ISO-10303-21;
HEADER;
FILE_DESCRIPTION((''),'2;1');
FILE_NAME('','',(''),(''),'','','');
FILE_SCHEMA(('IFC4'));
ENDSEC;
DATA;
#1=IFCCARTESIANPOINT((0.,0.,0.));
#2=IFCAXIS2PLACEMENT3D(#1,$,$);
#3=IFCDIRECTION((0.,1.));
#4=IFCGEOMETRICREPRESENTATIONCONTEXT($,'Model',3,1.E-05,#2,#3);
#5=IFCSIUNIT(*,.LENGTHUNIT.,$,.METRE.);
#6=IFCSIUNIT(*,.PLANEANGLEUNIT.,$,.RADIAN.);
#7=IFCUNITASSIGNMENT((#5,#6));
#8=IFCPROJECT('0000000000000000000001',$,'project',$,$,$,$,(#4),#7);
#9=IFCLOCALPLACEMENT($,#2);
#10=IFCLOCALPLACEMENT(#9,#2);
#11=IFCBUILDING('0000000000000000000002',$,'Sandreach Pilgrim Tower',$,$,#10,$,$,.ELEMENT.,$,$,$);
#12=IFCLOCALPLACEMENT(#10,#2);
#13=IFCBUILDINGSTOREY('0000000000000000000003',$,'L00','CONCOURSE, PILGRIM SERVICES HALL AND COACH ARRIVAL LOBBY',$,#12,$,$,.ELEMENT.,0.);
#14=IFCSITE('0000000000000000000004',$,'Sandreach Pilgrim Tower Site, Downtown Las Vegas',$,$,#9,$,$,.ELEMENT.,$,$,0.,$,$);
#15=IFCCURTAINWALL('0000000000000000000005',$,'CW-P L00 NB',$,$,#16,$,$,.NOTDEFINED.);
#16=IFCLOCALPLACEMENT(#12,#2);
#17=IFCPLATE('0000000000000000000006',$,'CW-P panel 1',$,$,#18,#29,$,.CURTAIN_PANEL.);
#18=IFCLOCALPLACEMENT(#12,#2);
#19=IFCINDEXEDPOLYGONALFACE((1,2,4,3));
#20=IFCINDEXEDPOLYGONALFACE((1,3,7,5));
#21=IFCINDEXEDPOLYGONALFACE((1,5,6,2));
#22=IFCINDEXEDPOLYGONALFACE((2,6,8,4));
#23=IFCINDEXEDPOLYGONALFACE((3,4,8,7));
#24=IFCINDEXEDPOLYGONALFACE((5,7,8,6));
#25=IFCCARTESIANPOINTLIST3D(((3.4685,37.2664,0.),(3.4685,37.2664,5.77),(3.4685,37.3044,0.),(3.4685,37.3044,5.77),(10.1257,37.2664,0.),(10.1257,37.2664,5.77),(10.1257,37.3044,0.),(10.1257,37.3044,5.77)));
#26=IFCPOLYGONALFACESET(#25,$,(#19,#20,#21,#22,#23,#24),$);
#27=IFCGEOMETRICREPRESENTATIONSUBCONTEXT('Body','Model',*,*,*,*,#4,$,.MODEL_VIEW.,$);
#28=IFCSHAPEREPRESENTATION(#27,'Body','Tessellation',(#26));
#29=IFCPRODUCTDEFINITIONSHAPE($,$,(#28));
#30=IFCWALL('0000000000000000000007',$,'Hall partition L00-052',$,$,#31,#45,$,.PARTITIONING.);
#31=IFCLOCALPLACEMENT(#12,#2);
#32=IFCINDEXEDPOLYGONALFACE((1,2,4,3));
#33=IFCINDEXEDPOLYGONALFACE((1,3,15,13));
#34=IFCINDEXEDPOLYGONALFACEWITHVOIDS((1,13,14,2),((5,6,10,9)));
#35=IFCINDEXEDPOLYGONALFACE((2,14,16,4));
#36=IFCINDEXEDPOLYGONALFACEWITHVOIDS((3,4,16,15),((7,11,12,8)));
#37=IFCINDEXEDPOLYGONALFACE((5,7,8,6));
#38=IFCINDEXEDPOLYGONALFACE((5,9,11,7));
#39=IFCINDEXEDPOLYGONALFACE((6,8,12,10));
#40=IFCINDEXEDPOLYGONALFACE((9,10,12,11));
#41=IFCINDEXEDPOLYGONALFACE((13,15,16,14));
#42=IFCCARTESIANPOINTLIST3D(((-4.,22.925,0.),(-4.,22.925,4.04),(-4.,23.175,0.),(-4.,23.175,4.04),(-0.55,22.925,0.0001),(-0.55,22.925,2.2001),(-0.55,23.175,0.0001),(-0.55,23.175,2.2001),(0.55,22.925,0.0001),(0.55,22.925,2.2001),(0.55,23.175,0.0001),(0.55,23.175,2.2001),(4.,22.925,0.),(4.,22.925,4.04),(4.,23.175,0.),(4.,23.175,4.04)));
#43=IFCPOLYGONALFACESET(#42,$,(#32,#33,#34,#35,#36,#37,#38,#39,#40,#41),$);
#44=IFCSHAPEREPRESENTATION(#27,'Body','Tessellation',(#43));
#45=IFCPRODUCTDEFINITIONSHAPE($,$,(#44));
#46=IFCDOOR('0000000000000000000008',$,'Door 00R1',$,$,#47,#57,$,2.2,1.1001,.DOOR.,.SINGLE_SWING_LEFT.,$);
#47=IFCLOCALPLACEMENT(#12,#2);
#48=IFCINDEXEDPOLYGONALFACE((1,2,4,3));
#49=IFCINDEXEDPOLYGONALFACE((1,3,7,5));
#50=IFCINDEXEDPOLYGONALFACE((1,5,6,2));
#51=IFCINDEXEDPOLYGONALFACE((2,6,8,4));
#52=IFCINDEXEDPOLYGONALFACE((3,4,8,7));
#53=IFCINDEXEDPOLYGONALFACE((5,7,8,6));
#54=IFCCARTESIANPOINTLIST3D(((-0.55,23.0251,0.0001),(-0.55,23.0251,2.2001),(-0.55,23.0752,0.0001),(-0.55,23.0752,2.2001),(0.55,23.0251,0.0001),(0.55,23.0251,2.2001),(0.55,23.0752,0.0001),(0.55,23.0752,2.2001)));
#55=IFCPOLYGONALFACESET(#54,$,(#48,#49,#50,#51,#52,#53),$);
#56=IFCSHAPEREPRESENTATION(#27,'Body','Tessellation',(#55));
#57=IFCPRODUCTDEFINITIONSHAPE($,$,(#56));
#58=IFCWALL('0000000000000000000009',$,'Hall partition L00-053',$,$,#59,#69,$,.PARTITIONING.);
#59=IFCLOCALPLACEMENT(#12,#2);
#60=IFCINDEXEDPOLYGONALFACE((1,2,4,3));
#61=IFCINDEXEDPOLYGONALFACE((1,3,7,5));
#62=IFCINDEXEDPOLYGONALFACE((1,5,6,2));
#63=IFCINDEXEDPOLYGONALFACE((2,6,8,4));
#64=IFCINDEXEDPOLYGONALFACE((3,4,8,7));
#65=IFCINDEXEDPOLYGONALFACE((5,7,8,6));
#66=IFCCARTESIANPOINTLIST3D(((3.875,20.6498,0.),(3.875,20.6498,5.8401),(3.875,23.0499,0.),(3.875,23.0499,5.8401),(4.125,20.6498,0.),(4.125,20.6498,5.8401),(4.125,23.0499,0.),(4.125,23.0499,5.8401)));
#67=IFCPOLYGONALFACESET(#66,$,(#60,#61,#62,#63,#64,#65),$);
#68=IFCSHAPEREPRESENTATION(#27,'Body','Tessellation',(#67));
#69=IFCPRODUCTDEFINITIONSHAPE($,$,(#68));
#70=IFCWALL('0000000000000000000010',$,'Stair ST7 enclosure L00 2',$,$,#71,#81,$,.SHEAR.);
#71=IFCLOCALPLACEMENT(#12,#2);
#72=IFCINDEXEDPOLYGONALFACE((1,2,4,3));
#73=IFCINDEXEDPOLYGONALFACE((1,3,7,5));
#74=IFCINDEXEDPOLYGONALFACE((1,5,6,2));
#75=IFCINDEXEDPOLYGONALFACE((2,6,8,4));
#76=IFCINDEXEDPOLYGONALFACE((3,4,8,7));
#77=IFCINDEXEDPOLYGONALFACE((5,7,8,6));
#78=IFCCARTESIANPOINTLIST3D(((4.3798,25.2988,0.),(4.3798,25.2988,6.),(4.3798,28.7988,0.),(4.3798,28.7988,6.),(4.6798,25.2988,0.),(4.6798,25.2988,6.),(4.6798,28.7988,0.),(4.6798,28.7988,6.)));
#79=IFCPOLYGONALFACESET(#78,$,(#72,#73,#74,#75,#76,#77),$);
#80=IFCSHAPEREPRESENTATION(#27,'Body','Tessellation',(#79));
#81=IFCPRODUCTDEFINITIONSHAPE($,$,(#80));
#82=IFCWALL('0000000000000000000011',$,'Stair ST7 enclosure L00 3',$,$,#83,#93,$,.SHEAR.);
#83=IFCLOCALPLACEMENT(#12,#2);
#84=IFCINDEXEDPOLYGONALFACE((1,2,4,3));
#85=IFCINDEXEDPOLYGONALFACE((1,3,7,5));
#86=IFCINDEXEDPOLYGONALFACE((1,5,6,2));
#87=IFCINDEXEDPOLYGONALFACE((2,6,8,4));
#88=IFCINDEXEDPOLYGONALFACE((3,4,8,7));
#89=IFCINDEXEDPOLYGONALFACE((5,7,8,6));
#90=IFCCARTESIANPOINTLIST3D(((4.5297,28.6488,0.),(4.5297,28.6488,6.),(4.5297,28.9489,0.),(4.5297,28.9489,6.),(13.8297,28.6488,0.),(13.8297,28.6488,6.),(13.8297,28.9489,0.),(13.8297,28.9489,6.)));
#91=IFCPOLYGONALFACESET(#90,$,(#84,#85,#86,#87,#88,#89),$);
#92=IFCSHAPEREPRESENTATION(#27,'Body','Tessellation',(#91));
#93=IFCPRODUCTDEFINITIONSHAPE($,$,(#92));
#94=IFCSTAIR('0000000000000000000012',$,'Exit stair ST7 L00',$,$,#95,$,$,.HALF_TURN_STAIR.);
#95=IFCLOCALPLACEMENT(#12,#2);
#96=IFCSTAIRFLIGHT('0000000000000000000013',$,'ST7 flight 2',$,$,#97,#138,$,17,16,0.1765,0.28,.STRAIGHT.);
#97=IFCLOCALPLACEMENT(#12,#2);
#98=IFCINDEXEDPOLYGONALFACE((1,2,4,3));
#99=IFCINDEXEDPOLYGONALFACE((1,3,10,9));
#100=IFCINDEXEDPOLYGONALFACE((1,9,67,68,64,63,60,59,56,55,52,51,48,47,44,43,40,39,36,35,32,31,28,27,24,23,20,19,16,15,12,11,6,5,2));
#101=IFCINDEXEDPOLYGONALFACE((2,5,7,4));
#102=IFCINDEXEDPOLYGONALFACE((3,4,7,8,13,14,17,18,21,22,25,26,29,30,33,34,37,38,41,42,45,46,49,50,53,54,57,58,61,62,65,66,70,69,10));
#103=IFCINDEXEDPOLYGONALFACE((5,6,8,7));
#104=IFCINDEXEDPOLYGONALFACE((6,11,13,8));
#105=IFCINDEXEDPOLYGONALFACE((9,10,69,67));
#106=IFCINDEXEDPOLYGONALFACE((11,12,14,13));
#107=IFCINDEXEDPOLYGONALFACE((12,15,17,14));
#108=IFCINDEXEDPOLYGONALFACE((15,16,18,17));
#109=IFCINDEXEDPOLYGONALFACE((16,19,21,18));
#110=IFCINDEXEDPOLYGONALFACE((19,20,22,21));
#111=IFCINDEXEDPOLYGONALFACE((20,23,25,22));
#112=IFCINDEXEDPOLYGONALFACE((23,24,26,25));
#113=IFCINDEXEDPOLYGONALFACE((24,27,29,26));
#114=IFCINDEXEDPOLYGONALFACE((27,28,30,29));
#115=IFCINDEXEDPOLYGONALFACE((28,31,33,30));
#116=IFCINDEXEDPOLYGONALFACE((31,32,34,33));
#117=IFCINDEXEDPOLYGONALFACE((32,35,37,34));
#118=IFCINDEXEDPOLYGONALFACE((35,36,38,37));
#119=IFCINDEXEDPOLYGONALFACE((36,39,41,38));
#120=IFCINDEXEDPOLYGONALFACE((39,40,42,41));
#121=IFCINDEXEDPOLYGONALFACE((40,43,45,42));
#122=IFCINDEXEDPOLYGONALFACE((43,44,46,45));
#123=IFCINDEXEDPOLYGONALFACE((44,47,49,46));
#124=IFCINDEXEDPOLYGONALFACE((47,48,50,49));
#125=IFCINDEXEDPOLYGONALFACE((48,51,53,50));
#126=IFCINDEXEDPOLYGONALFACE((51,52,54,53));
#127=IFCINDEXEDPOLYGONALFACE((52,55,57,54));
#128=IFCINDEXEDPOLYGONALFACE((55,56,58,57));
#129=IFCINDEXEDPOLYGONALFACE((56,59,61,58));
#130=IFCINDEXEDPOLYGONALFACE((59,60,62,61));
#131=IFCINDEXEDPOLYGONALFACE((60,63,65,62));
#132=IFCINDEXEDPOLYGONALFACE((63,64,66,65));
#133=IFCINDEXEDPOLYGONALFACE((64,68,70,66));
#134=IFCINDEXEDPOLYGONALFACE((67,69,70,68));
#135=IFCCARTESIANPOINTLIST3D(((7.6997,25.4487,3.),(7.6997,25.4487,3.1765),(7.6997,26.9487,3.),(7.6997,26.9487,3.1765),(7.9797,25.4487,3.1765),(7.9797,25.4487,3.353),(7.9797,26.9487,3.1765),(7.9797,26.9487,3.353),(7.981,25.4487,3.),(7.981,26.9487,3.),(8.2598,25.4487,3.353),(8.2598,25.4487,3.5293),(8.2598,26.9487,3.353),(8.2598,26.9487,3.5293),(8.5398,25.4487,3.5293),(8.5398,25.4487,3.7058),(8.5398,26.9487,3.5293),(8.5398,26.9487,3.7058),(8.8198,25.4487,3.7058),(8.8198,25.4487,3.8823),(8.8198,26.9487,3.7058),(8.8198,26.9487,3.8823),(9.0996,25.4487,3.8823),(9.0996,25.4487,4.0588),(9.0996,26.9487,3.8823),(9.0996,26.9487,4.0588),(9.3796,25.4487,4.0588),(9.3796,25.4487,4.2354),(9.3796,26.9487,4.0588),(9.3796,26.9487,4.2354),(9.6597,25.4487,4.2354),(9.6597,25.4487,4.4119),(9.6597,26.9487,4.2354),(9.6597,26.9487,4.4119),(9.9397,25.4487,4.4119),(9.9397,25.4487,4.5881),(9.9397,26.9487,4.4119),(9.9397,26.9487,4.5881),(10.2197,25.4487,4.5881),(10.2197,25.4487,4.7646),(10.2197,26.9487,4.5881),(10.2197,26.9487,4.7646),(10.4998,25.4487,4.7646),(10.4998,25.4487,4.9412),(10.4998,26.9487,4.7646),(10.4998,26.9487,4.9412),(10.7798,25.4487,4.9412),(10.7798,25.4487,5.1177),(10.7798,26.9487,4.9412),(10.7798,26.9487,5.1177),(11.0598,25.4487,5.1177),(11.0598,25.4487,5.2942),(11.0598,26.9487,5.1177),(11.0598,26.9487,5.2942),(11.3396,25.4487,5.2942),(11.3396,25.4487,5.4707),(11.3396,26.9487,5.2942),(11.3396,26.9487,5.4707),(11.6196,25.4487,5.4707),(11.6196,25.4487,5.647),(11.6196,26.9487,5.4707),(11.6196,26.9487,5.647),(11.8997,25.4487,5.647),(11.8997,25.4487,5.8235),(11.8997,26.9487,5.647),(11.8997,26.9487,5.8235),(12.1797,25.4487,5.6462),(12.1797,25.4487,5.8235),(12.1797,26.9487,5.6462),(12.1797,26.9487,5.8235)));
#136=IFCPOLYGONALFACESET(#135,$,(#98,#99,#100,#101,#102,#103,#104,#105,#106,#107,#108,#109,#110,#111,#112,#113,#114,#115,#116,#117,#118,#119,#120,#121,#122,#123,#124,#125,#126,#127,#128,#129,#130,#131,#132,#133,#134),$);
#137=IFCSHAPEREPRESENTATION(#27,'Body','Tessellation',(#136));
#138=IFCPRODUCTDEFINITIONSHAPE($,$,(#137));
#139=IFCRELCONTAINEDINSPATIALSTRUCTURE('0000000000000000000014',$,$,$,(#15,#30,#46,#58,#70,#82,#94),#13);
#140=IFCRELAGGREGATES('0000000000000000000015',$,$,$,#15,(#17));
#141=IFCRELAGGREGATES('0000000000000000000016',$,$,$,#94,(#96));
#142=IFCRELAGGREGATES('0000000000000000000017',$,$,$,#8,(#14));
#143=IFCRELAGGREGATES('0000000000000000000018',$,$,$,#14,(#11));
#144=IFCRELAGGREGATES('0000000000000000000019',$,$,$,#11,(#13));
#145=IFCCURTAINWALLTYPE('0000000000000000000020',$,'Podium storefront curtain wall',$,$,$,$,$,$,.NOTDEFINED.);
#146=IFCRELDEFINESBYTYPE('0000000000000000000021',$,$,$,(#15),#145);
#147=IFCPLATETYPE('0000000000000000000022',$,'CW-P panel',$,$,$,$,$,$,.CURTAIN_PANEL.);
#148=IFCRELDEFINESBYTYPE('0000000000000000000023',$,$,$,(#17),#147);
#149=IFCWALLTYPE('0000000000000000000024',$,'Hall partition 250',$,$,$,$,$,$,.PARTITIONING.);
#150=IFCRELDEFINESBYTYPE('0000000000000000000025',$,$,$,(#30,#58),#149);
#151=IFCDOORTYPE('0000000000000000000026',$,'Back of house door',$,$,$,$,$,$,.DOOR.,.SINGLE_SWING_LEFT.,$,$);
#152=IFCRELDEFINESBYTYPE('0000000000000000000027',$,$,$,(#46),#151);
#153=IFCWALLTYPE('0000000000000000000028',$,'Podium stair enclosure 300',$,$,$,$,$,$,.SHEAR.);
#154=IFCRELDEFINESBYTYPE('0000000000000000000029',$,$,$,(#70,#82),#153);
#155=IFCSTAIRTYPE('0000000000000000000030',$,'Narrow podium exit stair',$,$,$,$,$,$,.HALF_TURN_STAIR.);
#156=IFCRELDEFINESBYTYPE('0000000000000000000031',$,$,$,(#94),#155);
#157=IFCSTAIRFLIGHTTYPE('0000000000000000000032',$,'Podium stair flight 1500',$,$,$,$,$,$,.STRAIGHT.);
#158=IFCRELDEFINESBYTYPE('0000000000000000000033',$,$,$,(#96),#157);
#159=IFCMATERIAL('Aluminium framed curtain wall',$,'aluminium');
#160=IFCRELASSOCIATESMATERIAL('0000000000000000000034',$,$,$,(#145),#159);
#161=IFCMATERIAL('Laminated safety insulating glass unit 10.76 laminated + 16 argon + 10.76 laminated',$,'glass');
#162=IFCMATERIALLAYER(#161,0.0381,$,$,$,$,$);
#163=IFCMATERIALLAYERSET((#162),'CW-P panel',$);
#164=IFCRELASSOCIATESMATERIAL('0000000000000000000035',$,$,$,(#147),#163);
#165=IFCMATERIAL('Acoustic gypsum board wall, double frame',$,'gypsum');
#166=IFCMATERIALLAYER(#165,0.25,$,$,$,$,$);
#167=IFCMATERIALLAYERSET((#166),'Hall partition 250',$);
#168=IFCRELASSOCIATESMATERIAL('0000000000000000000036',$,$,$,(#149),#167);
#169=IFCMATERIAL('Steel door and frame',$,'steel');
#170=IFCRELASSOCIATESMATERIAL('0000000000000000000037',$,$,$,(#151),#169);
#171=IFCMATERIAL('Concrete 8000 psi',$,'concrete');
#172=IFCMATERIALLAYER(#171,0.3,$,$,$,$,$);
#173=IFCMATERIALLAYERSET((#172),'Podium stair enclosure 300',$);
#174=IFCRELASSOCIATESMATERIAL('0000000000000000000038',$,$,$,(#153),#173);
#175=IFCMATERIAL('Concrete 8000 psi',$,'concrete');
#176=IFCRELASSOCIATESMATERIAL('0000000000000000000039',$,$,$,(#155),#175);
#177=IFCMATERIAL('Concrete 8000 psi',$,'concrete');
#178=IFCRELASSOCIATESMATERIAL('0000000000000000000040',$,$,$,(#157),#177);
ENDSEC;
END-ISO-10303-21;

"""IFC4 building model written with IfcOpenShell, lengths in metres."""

from ifc_helpers import new_model, si_unit, direction, frame, frame_2d, origin, origin_2d, place, context, subcontext, project, spatial, polyline, rectangle, outline, extrude, material, layer, layer_set, type_object, element, fill, aggregate, save


model = new_model("IFC4")

# Units and contexts
model_context = context("Model", 3, precision=1e-05, world=origin(), true_north=direction((0.0, 1.0)))
body_context = subcontext(model_context, "Body", "Model", "MODEL_VIEW")
ifc_project = project(units=[si_unit("LENGTHUNIT", "METRE"), si_unit("PLANEANGLEUNIT", "RADIAN")], contexts=[model_context])

# Site, building, storey
site_placement = place(None, origin())
site = spatial("IfcSite", under=ifc_project, at=site_placement, Name="Sandreach Pilgrim Tower Site, Downtown Las Vegas", CompositionType="ELEMENT", RefElevation=0.0)
building_placement = place(site_placement, origin())
building = spatial("IfcBuilding", under=site, at=building_placement, Name="Sandreach Pilgrim Tower", CompositionType="ELEMENT")
storey_placement = place(building_placement, origin())
storey = spatial("IfcBuildingStorey", under=building, at=storey_placement, Name="L00", Description="CONCOURSE, PILGRIM SERVICES HALL AND COACH ARRIVAL LOBBY", CompositionType="ELEMENT", Elevation=0.0)

# Curtain wall
ifc_material_1 = material(Name="Aluminium framed curtain wall", Category="aluminium")
curtain_wall_type = type_object("IfcCurtainWallType", Name="Podium storefront curtain wall", PredefinedType="NOTDEFINED", material=ifc_material_1)
curtain_wall_placement = place(storey_placement, origin())
curtain_wall = element("IfcCurtainWall", 1, at=curtain_wall_placement, inside=storey, type_object=curtain_wall_type, Name="CW-P L00 NB", PredefinedType="NOTDEFINED")

# Plate
ifc_material_2 = material(Name="Laminated safety insulating glass unit 10.76 laminated + 16 argon + 10.76 laminated", Category="glass")
ifc_layer_1 = layer(ifc_material_2, 0.0381)
ifc_layer_set_1 = layer_set([ifc_layer_1], Name="CW-P panel")
plate_type = type_object("IfcPlateType", Name="CW-P panel", PredefinedType="CURTAIN_PANEL", material=ifc_layer_set_1)
plate_placement = place(storey_placement, frame((6.7971, 37.2854, 0.0), z_axis=(0.0, 0.0, 1.0), x_axis=(1.0, 0.0, 0.0)))
plate = element("IfcPlate", 2, at=plate_placement, type_object=plate_type, Name="CW-P panel 1", PredefinedType="CURTAIN_PANEL", context=body_context, shape_type="SweptSolid", body=[
    extrude(rectangle(XDim=6.6572, YDim=0.0381, at=origin_2d()), origin(), (0.0, 0.0, 1.0), 5.77),
])
aggregate(curtain_wall, [plate])

# Wall, opening, door
ifc_material_3 = material(Name="Acoustic gypsum board wall, double frame", Category="gypsum")
ifc_layer_2 = layer(ifc_material_3, 0.25)
ifc_layer_set_2 = layer_set([ifc_layer_2], Name="Hall partition 250")
wall_type_1 = type_object("IfcWallType", Name="Hall partition 250", PredefinedType="PARTITIONING", material=ifc_layer_set_2)
wall_1_placement = place(storey_placement, frame((4.0, 23.05, 0.0), z_axis=(0.0, 0.0, 1.0), x_axis=(-1.0, 0.0, 0.0)))
wall_1 = element("IfcWall", 3, at=wall_1_placement, inside=storey, type_object=wall_type_1, Name="Hall partition L00-052", PredefinedType="PARTITIONING", context=body_context, shape_type="SweptSolid", body=[
    extrude(rectangle(XDim=8.0, YDim=0.25, at=frame_2d((4.0, 0.0))), origin(), (0.0, 0.0, 1.0), 4.04),
])
opening_1_placement = place(wall_1_placement, frame((3.45, 0.0, 0.0)))
opening_1 = element("IfcOpeningElement", 4, at=opening_1_placement, cuts=wall_1, PredefinedType="OPENING", context=body_context, shape_type="SweptSolid", body=[
    extrude(rectangle(XDim=1.1001, YDim=2.2, at=frame_2d((0.55, 1.1001))), frame((0.0, 0.125, 0.0), z_axis=(0.0, -1.0, 0.0), x_axis=(1.0, 0.0, 0.0)), (0.0, 0.0, 1.0), 0.25),
])
ifc_material_4 = material(Name="Steel door and frame", Category="steel")
door_type_1 = type_object("IfcDoorType", Name="Back of house door", OperationType="SINGLE_SWING_LEFT", PredefinedType="DOOR", material=ifc_material_4)
door_1_placement = place(opening_1_placement, origin())
door_1 = element("IfcDoor", 5, at=door_1_placement, inside=storey, type_object=door_type_1, Name="Door 00R1", OperationType="SINGLE_SWING_LEFT", OverallHeight=2.2, OverallWidth=1.1001, PredefinedType="DOOR", context=body_context, shape_type="SweptSolid", body=[
    extrude(rectangle(XDim=1.1001, YDim=2.2, at=frame_2d((0.55, 1.1001))), frame((0.0, 0.0249, 0.0), z_axis=(0.0, -1.0, 0.0), x_axis=(1.0, 0.0, 0.0)), (0.0, 0.0, 1.0), 0.05),
])
fill(opening_1, door_1)

# Walls
wall_2_placement = place(storey_placement, frame((4.0, 23.05, 0.0), z_axis=(0.0, 0.0, 1.0), x_axis=(0.0, -1.0, 0.0)))
element("IfcWall", 6, at=wall_2_placement, inside=storey, type_object=wall_type_1, Name="Hall partition L00-053", PredefinedType="PARTITIONING", context=body_context, shape_type="SweptSolid", body=[
    extrude(rectangle(XDim=2.4001, YDim=0.25, at=frame_2d((1.2002, 0.0))), origin(), (0.0, 0.0, 1.0), 5.8401),
])
ifc_material_5 = material(Name="Concrete 8000 psi", Category="concrete")
ifc_layer_3 = layer(ifc_material_5, 0.3)
ifc_layer_set_3 = layer_set([ifc_layer_3], Name="Podium stair enclosure 300")
wall_type_2 = type_object("IfcWallType", Name="Podium stair enclosure 300", PredefinedType="SHEAR", material=ifc_layer_set_3)
wall_3_placement = place(storey_placement, frame((4.5298, 25.2988, 0.0), z_axis=(0.0, 0.0, 1.0), x_axis=(0.0, 1.0, 0.0)))
element("IfcWall", 7, at=wall_3_placement, inside=storey, type_object=wall_type_2, Name="Stair ST7 enclosure L00 2", PredefinedType="SHEAR", context=body_context, shape_type="SweptSolid", body=[
    extrude(rectangle(XDim=3.5, YDim=0.3, at=frame_2d((1.75, 0.0))), origin(), (0.0, 0.0, 1.0), 6.0),
])
wall_4_placement = place(storey_placement, frame((4.5298, 28.7988, 0.0), z_axis=(0.0, 0.0, 1.0), x_axis=(1.0, 0.0, 0.0)))
element("IfcWall", 8, at=wall_4_placement, inside=storey, type_object=wall_type_2, Name="Stair ST7 enclosure L00 3", PredefinedType="SHEAR", context=body_context, shape_type="SweptSolid", body=[
    extrude(rectangle(XDim=9.3, YDim=0.3, at=frame_2d((4.6499, 0.0))), origin(), (0.0, 0.0, 1.0), 6.0),
])

# Stair, stair flight
ifc_material_6 = material(Name="Concrete 8000 psi", Category="concrete")
stair_type = type_object("IfcStairType", Name="Narrow podium exit stair", PredefinedType="HALF_TURN_STAIR", material=ifc_material_6)
stair_placement = place(storey_placement, origin())
stair = element("IfcStair", 9, at=stair_placement, inside=storey, type_object=stair_type, Name="Exit stair ST7 L00", PredefinedType="HALF_TURN_STAIR")
ifc_material_7 = material(Name="Concrete 8000 psi", Category="concrete")
stair_flight_type = type_object("IfcStairFlightType", Name="Podium stair flight 1500", PredefinedType="STRAIGHT", material=ifc_material_7)
stair_flight_placement = place(storey_placement, frame((7.6997, 26.1987, 3.0), z_axis=(0.0, 0.0, 1.0), x_axis=(1.0, 0.0, 0.0)))
stair_flight = element("IfcStairFlight", 10, at=stair_flight_placement, type_object=stair_flight_type, Name="ST7 flight 2", NumberOfRisers=17, NumberOfTreads=16, PredefinedType="STRAIGHT", RiserHeight=0.1765, TreadLength=0.28, context=body_context, shape_type="SweptSolid", body=[
    extrude(outline(polyline([(0.0, 0.0), (0.0, 0.1765), (0.28, 0.1765), (0.28, 0.353), (0.5601, 0.353), (0.5601, 0.5293), (0.8401, 0.5293), (0.8401, 0.7058), (1.1201, 0.7058), (1.1201, 0.8823), (1.3999, 0.8823), (1.3999, 1.0588), (1.6799, 1.0588), (1.6799, 1.2354), (1.96, 1.2354), (1.96, 1.4119), (2.24, 1.4119), (2.24, 1.5881), (2.52, 1.5881), (2.52, 1.7646), (2.8, 1.7646), (2.8, 1.9412), (3.0801, 1.9412), (3.0801, 2.1177), (3.3601, 2.1177), (3.3601, 2.2942), (3.6399, 2.2942), (3.6399, 2.4707), (3.9199, 2.4707), (3.9199, 2.647), (4.2, 2.647), (4.2, 2.8235), (4.48, 2.8235), (4.48, 3.0), (4.48, 2.6462), (0.2812, 0.0), (0.0, 0.0)])), frame((0.0, 0.75, 0.0), z_axis=(0.0, -1.0, 0.0), x_axis=(1.0, 0.0, 0.0)), (0.0, 0.0, 1.0), 1.5),
])
aggregate(stair, [stair_flight])

save(model, "model.ifc")
